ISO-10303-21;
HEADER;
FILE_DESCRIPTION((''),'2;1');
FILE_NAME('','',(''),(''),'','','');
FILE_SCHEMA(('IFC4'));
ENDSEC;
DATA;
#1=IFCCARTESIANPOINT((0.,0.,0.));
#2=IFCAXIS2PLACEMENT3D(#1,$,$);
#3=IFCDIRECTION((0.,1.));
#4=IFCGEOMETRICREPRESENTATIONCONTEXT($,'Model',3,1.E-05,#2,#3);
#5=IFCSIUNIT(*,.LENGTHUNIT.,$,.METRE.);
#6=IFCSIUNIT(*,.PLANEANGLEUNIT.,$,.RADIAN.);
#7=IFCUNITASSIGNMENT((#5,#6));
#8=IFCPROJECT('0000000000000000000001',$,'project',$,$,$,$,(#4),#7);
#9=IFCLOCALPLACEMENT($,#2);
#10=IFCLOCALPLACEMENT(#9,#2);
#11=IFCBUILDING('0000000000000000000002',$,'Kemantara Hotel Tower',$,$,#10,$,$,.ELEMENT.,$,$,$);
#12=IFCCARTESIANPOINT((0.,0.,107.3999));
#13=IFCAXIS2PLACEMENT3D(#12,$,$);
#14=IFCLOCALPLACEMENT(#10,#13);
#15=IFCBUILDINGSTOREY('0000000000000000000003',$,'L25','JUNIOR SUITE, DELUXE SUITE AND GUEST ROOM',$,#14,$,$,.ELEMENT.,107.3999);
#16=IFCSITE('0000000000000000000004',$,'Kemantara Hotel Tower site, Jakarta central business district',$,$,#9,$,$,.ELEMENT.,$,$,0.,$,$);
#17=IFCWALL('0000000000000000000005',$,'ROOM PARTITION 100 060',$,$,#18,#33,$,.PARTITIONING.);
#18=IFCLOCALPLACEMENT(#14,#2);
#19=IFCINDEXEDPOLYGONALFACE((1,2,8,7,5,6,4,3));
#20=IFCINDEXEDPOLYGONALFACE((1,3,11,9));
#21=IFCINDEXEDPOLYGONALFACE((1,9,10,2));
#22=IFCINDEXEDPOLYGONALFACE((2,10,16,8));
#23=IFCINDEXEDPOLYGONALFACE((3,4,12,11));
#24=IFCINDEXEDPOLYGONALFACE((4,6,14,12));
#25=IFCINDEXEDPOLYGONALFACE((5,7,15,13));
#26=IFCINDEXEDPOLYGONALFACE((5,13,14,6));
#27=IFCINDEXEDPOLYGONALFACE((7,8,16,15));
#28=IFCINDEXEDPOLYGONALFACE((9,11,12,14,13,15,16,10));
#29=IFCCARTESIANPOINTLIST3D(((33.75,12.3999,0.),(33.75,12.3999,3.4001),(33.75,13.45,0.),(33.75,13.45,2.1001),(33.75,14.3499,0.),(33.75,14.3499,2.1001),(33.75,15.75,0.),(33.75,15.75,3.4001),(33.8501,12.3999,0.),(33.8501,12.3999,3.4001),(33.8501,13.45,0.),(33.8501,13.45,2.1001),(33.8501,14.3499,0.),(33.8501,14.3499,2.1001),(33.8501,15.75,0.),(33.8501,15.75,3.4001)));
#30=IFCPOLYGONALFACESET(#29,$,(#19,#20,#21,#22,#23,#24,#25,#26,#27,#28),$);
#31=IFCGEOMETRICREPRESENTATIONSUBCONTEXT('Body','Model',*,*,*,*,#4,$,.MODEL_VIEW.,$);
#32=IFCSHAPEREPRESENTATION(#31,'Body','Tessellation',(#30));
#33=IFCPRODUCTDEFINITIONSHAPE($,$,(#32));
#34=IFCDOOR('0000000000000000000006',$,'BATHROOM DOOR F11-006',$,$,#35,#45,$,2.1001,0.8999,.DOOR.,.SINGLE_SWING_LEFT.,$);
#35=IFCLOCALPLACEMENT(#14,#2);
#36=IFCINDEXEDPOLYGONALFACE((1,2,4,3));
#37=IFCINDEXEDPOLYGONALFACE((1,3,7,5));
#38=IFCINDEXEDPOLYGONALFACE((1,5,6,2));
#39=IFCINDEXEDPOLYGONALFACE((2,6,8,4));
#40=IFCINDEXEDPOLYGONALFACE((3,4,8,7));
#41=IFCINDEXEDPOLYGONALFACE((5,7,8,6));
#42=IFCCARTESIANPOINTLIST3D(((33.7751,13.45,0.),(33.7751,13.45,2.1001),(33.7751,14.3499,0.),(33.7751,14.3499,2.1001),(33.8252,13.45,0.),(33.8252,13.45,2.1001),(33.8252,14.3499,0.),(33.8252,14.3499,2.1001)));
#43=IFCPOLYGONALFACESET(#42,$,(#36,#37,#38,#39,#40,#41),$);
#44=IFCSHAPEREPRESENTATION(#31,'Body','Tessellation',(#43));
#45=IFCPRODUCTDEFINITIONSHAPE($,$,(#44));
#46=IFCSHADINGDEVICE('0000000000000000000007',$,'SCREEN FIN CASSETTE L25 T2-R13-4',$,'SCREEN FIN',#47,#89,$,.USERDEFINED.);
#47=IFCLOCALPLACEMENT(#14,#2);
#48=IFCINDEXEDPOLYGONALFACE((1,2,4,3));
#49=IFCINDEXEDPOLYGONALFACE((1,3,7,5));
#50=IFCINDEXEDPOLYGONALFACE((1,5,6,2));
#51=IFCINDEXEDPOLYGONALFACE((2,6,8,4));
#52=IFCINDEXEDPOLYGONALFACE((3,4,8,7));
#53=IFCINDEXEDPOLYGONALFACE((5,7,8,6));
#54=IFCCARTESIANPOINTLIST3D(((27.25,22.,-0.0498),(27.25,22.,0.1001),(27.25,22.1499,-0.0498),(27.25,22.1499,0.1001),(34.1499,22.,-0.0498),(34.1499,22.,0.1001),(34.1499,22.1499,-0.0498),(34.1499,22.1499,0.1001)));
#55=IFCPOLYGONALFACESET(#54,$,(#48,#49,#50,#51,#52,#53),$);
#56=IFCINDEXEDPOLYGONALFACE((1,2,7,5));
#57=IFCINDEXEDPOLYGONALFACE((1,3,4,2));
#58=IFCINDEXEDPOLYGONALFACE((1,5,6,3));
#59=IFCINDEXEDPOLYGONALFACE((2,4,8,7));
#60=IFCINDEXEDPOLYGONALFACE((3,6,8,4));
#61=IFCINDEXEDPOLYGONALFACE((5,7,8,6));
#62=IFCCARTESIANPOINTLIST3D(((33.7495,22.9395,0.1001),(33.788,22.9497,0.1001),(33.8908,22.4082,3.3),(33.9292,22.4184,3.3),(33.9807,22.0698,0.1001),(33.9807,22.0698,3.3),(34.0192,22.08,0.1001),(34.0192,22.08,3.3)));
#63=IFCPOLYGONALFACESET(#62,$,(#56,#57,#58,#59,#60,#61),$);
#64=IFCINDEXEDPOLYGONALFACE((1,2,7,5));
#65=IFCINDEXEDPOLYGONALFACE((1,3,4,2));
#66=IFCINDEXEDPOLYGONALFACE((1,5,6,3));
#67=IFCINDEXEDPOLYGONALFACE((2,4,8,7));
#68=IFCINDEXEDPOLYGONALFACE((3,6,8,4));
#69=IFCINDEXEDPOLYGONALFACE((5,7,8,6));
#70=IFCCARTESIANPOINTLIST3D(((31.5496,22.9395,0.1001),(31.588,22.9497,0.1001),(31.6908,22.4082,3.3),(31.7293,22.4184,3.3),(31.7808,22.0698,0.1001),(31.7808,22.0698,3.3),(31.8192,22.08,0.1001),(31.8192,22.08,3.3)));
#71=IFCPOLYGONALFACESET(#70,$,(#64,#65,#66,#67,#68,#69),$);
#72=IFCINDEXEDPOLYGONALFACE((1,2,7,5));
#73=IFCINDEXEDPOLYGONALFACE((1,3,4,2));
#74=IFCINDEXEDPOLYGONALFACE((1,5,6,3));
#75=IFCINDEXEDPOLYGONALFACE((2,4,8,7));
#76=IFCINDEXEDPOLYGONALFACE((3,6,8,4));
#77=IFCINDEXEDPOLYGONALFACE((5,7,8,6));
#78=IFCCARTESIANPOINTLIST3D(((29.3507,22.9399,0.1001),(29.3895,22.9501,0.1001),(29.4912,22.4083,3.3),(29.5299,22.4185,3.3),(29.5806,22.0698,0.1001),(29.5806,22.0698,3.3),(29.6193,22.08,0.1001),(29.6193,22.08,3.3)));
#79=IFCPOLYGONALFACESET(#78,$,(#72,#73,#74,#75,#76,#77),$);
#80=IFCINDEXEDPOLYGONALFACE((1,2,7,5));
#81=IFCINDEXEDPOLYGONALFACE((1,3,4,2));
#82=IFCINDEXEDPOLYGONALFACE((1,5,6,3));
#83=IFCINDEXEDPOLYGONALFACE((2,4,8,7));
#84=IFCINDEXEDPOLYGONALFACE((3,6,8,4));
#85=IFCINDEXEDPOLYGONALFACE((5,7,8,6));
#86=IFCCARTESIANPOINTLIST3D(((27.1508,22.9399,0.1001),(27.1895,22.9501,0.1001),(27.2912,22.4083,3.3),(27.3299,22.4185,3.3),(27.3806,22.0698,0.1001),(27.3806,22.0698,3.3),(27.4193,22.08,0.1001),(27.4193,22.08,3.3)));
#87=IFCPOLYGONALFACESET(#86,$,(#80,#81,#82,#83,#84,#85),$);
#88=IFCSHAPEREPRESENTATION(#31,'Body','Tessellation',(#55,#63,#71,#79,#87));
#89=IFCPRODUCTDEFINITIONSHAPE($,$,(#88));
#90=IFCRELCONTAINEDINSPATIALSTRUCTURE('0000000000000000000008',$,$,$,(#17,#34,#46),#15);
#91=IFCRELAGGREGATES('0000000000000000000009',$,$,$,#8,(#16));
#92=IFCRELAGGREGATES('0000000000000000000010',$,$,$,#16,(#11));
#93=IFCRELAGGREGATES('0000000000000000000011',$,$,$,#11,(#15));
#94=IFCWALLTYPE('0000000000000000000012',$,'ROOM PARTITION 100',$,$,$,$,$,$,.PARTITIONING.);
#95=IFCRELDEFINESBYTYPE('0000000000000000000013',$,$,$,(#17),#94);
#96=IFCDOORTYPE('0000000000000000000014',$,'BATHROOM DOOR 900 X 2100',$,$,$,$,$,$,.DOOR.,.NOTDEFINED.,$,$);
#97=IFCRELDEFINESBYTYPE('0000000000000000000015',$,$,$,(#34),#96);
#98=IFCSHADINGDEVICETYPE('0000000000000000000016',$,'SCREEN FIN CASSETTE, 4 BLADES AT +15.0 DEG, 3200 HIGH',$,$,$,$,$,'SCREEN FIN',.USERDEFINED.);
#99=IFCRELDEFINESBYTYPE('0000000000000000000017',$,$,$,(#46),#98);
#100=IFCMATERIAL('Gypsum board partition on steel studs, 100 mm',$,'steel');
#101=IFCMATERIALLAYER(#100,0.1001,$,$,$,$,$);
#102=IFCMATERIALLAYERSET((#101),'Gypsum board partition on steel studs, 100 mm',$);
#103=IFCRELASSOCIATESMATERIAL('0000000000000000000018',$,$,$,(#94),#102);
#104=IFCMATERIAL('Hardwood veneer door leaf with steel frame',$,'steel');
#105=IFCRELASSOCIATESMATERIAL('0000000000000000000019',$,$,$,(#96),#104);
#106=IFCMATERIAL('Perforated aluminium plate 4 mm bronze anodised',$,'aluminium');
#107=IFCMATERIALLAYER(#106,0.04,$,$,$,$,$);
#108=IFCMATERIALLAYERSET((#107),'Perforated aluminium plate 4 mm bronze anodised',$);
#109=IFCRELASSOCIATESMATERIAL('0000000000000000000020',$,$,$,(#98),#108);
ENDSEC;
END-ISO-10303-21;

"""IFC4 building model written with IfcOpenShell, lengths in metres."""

from ifc_helpers import new_model, si_unit, direction, frame, frame_2d, origin, origin_2d, place, context, subcontext, project, spatial, polyline, rectangle, outline, extrude, source, transform, mapped, material, layer, layer_set, type_object, element, fill, save


model = new_model("IFC4")

# Units and contexts
model_context = context("Model", 3, precision=1e-05, world=origin(), true_north=direction((0.0, 1.0)))
body_context = subcontext(model_context, "Body", "Model", "MODEL_VIEW")
ifc_project = project(units=[si_unit("LENGTHUNIT", "METRE"), si_unit("PLANEANGLEUNIT", "RADIAN")], contexts=[model_context])

# Site, building, storey
site_placement = place(None, origin())
site = spatial("IfcSite", under=ifc_project, at=site_placement, Name="Kemantara Hotel Tower site, Jakarta central business district", CompositionType="ELEMENT", RefElevation=0.0)
building_placement = place(site_placement, origin())
building = spatial("IfcBuilding", under=site, at=building_placement, Name="Kemantara Hotel Tower", CompositionType="ELEMENT")
storey_placement = place(building_placement, frame((0.0, 0.0, 107.3999)))
storey = spatial("IfcBuildingStorey", under=building, at=storey_placement, Name="L25", Description="JUNIOR SUITE, DELUXE SUITE AND GUEST ROOM", CompositionType="ELEMENT", Elevation=107.3999)

# Shared definitions
ifc_material_1 = material(Name="Hardwood veneer door leaf with steel frame", Category="steel")

# Shared definitions
ifc_material_2 = material(Name="Gypsum board partition on steel studs, 100 mm", Category="steel")
ifc_layer_1 = layer(ifc_material_2, 0.1001)
ifc_layer_set_1 = layer_set([ifc_layer_1], Name="Gypsum board partition on steel studs, 100 mm")
wall_type_1 = type_object("IfcWallType", Name="ROOM PARTITION 100", PredefinedType="PARTITIONING", material=ifc_layer_set_1)

# Shared definitions
door_type_1 = type_object("IfcDoorType", Name="BATHROOM DOOR 900 X 2100", OperationType="NOTDEFINED", PredefinedType="DOOR", material=ifc_material_1)

# Wall, opening, door
wall_1_placement = place(storey_placement, frame((33.8, 12.3999, 0.0), z_axis=(0.0, 0.0, 1.0), x_axis=(0.0, 1.0, 0.0)))
wall_1 = element("IfcWall", 1, at=wall_1_placement, inside=storey, type_object=wall_type_1, Name="ROOM PARTITION 100 060", PredefinedType="PARTITIONING", context=body_context, shape_type="SweptSolid", body=[
    extrude(rectangle(XDim=3.3501, YDim=0.1001, at=frame_2d((1.675, 0.0))), origin(), (0.0, 0.0, 1.0), 3.4001),
])
opening_1_placement = place(wall_1_placement, frame((1.05, 0.0, 0.0)))
opening_1 = element("IfcOpeningElement", 2, at=opening_1_placement, cuts=wall_1, PredefinedType="OPENING", context=body_context, shape_type="SweptSolid", body=[
    extrude(rectangle(XDim=0.8999, YDim=2.1001, at=frame_2d((0.45, 1.05))), frame((0.0, 0.0601, 0.0), z_axis=(0.0, -1.0, 0.0), x_axis=(1.0, 0.0, 0.0)), (0.0, 0.0, 1.0), 0.1201),
])
door_1_placement = place(opening_1_placement, origin())
door_1 = element("IfcDoor", 3, at=door_1_placement, inside=storey, type_object=door_type_1, Name="BATHROOM DOOR F11-006", OperationType="SINGLE_SWING_LEFT", OverallHeight=2.1001, OverallWidth=0.8999, PredefinedType="DOOR", context=body_context, shape_type="SweptSolid", body=[
    extrude(rectangle(XDim=0.8999, YDim=2.1001, at=frame_2d((0.45, 1.05))), frame((0.0, 0.0249, 0.0), z_axis=(0.0, -1.0, 0.0), x_axis=(1.0, 0.0, 0.0)), (0.0, 0.0, 1.0), 0.05),
])
fill(opening_1, door_1)

# Shading device
ifc_material_3 = material(Name="Perforated aluminium plate 4 mm bronze anodised", Category="aluminium")
ifc_layer_2 = layer(ifc_material_3, 0.04)
ifc_layer_set_2 = layer_set([ifc_layer_2], Name="Perforated aluminium plate 4 mm bronze anodised")
shading_device_type = type_object("IfcShadingDeviceType", Name="SCREEN FIN CASSETTE, 4 BLADES AT +15.0 DEG, 3200 HIGH", ElementType="SCREEN FIN", PredefinedType="USERDEFINED", material=ifc_layer_set_2)
shared_shape_1 = source(origin(), body_context, "Body", "SweptSolid", [
    extrude(rectangle(XDim=6.8999, YDim=0.1499, at=origin_2d()), frame((3.3, -0.075, -0.1499), z_axis=(0.0, 0.0, 1.0), x_axis=(1.0, 0.0, 0.0)), (0.0, 0.0, 1.0), 0.1499),
    extrude(outline(polyline([(0.0, 0.0), (0.8999, 0.0), (0.3501, 3.2), (0.0, 3.2), (0.0, 0.0)])), frame((0.0193, -0.0698, 0.0), z_axis=(-0.966438, -0.256901, 0.0), x_axis=(0.256901, -0.966438, 0.0)), (0.0, 0.0, 1.0), 0.0398),
    extrude(outline(polyline([(0.0, 0.0), (0.8999, 0.0), (0.3501, 3.2), (0.0, 3.2), (0.0, 0.0)])), frame((2.2192, -0.0698, 0.0), z_axis=(-0.966438, -0.256901, 0.0), x_axis=(0.256901, -0.966438, 0.0)), (0.0, 0.0, 1.0), 0.0398),
    extrude(outline(polyline([(0.0, 0.0), (0.8999, 0.0), (0.3501, 3.2), (0.0, 3.2), (0.0, 0.0)])), frame((4.4194, -0.0698, 0.0), z_axis=(-0.966838, -0.255391, 0.0), x_axis=(0.255391, -0.966838, 0.0)), (0.0, 0.0, 1.0), 0.04),
    extrude(outline(polyline([(0.0, 0.0), (0.8999, 0.0), (0.3501, 3.2), (0.0, 3.2), (0.0, 0.0)])), frame((6.6194, -0.0698, 0.0), z_axis=(-0.966838, -0.255391, 0.0), x_axis=(0.255391, -0.966838, 0.0)), (0.0, 0.0, 1.0), 0.04),
])
shading_device_placement = place(storey_placement, frame((34.0, 22.0, 0.1001), z_axis=(0.0, 0.0, 1.0), x_axis=(-1.0, 0.0, 0.0)))
element("IfcShadingDevice", 4, at=shading_device_placement, inside=storey, type_object=shading_device_type, Name="SCREEN FIN CASSETTE L25 T2-R13-4", ObjectType="SCREEN FIN", PredefinedType="USERDEFINED", context=body_context, shape_type="MappedRepresentation", body=[
    mapped(shared_shape_1, transform((0.0, 0.0, 0.0))),
])

save(model, "model.ifc")
